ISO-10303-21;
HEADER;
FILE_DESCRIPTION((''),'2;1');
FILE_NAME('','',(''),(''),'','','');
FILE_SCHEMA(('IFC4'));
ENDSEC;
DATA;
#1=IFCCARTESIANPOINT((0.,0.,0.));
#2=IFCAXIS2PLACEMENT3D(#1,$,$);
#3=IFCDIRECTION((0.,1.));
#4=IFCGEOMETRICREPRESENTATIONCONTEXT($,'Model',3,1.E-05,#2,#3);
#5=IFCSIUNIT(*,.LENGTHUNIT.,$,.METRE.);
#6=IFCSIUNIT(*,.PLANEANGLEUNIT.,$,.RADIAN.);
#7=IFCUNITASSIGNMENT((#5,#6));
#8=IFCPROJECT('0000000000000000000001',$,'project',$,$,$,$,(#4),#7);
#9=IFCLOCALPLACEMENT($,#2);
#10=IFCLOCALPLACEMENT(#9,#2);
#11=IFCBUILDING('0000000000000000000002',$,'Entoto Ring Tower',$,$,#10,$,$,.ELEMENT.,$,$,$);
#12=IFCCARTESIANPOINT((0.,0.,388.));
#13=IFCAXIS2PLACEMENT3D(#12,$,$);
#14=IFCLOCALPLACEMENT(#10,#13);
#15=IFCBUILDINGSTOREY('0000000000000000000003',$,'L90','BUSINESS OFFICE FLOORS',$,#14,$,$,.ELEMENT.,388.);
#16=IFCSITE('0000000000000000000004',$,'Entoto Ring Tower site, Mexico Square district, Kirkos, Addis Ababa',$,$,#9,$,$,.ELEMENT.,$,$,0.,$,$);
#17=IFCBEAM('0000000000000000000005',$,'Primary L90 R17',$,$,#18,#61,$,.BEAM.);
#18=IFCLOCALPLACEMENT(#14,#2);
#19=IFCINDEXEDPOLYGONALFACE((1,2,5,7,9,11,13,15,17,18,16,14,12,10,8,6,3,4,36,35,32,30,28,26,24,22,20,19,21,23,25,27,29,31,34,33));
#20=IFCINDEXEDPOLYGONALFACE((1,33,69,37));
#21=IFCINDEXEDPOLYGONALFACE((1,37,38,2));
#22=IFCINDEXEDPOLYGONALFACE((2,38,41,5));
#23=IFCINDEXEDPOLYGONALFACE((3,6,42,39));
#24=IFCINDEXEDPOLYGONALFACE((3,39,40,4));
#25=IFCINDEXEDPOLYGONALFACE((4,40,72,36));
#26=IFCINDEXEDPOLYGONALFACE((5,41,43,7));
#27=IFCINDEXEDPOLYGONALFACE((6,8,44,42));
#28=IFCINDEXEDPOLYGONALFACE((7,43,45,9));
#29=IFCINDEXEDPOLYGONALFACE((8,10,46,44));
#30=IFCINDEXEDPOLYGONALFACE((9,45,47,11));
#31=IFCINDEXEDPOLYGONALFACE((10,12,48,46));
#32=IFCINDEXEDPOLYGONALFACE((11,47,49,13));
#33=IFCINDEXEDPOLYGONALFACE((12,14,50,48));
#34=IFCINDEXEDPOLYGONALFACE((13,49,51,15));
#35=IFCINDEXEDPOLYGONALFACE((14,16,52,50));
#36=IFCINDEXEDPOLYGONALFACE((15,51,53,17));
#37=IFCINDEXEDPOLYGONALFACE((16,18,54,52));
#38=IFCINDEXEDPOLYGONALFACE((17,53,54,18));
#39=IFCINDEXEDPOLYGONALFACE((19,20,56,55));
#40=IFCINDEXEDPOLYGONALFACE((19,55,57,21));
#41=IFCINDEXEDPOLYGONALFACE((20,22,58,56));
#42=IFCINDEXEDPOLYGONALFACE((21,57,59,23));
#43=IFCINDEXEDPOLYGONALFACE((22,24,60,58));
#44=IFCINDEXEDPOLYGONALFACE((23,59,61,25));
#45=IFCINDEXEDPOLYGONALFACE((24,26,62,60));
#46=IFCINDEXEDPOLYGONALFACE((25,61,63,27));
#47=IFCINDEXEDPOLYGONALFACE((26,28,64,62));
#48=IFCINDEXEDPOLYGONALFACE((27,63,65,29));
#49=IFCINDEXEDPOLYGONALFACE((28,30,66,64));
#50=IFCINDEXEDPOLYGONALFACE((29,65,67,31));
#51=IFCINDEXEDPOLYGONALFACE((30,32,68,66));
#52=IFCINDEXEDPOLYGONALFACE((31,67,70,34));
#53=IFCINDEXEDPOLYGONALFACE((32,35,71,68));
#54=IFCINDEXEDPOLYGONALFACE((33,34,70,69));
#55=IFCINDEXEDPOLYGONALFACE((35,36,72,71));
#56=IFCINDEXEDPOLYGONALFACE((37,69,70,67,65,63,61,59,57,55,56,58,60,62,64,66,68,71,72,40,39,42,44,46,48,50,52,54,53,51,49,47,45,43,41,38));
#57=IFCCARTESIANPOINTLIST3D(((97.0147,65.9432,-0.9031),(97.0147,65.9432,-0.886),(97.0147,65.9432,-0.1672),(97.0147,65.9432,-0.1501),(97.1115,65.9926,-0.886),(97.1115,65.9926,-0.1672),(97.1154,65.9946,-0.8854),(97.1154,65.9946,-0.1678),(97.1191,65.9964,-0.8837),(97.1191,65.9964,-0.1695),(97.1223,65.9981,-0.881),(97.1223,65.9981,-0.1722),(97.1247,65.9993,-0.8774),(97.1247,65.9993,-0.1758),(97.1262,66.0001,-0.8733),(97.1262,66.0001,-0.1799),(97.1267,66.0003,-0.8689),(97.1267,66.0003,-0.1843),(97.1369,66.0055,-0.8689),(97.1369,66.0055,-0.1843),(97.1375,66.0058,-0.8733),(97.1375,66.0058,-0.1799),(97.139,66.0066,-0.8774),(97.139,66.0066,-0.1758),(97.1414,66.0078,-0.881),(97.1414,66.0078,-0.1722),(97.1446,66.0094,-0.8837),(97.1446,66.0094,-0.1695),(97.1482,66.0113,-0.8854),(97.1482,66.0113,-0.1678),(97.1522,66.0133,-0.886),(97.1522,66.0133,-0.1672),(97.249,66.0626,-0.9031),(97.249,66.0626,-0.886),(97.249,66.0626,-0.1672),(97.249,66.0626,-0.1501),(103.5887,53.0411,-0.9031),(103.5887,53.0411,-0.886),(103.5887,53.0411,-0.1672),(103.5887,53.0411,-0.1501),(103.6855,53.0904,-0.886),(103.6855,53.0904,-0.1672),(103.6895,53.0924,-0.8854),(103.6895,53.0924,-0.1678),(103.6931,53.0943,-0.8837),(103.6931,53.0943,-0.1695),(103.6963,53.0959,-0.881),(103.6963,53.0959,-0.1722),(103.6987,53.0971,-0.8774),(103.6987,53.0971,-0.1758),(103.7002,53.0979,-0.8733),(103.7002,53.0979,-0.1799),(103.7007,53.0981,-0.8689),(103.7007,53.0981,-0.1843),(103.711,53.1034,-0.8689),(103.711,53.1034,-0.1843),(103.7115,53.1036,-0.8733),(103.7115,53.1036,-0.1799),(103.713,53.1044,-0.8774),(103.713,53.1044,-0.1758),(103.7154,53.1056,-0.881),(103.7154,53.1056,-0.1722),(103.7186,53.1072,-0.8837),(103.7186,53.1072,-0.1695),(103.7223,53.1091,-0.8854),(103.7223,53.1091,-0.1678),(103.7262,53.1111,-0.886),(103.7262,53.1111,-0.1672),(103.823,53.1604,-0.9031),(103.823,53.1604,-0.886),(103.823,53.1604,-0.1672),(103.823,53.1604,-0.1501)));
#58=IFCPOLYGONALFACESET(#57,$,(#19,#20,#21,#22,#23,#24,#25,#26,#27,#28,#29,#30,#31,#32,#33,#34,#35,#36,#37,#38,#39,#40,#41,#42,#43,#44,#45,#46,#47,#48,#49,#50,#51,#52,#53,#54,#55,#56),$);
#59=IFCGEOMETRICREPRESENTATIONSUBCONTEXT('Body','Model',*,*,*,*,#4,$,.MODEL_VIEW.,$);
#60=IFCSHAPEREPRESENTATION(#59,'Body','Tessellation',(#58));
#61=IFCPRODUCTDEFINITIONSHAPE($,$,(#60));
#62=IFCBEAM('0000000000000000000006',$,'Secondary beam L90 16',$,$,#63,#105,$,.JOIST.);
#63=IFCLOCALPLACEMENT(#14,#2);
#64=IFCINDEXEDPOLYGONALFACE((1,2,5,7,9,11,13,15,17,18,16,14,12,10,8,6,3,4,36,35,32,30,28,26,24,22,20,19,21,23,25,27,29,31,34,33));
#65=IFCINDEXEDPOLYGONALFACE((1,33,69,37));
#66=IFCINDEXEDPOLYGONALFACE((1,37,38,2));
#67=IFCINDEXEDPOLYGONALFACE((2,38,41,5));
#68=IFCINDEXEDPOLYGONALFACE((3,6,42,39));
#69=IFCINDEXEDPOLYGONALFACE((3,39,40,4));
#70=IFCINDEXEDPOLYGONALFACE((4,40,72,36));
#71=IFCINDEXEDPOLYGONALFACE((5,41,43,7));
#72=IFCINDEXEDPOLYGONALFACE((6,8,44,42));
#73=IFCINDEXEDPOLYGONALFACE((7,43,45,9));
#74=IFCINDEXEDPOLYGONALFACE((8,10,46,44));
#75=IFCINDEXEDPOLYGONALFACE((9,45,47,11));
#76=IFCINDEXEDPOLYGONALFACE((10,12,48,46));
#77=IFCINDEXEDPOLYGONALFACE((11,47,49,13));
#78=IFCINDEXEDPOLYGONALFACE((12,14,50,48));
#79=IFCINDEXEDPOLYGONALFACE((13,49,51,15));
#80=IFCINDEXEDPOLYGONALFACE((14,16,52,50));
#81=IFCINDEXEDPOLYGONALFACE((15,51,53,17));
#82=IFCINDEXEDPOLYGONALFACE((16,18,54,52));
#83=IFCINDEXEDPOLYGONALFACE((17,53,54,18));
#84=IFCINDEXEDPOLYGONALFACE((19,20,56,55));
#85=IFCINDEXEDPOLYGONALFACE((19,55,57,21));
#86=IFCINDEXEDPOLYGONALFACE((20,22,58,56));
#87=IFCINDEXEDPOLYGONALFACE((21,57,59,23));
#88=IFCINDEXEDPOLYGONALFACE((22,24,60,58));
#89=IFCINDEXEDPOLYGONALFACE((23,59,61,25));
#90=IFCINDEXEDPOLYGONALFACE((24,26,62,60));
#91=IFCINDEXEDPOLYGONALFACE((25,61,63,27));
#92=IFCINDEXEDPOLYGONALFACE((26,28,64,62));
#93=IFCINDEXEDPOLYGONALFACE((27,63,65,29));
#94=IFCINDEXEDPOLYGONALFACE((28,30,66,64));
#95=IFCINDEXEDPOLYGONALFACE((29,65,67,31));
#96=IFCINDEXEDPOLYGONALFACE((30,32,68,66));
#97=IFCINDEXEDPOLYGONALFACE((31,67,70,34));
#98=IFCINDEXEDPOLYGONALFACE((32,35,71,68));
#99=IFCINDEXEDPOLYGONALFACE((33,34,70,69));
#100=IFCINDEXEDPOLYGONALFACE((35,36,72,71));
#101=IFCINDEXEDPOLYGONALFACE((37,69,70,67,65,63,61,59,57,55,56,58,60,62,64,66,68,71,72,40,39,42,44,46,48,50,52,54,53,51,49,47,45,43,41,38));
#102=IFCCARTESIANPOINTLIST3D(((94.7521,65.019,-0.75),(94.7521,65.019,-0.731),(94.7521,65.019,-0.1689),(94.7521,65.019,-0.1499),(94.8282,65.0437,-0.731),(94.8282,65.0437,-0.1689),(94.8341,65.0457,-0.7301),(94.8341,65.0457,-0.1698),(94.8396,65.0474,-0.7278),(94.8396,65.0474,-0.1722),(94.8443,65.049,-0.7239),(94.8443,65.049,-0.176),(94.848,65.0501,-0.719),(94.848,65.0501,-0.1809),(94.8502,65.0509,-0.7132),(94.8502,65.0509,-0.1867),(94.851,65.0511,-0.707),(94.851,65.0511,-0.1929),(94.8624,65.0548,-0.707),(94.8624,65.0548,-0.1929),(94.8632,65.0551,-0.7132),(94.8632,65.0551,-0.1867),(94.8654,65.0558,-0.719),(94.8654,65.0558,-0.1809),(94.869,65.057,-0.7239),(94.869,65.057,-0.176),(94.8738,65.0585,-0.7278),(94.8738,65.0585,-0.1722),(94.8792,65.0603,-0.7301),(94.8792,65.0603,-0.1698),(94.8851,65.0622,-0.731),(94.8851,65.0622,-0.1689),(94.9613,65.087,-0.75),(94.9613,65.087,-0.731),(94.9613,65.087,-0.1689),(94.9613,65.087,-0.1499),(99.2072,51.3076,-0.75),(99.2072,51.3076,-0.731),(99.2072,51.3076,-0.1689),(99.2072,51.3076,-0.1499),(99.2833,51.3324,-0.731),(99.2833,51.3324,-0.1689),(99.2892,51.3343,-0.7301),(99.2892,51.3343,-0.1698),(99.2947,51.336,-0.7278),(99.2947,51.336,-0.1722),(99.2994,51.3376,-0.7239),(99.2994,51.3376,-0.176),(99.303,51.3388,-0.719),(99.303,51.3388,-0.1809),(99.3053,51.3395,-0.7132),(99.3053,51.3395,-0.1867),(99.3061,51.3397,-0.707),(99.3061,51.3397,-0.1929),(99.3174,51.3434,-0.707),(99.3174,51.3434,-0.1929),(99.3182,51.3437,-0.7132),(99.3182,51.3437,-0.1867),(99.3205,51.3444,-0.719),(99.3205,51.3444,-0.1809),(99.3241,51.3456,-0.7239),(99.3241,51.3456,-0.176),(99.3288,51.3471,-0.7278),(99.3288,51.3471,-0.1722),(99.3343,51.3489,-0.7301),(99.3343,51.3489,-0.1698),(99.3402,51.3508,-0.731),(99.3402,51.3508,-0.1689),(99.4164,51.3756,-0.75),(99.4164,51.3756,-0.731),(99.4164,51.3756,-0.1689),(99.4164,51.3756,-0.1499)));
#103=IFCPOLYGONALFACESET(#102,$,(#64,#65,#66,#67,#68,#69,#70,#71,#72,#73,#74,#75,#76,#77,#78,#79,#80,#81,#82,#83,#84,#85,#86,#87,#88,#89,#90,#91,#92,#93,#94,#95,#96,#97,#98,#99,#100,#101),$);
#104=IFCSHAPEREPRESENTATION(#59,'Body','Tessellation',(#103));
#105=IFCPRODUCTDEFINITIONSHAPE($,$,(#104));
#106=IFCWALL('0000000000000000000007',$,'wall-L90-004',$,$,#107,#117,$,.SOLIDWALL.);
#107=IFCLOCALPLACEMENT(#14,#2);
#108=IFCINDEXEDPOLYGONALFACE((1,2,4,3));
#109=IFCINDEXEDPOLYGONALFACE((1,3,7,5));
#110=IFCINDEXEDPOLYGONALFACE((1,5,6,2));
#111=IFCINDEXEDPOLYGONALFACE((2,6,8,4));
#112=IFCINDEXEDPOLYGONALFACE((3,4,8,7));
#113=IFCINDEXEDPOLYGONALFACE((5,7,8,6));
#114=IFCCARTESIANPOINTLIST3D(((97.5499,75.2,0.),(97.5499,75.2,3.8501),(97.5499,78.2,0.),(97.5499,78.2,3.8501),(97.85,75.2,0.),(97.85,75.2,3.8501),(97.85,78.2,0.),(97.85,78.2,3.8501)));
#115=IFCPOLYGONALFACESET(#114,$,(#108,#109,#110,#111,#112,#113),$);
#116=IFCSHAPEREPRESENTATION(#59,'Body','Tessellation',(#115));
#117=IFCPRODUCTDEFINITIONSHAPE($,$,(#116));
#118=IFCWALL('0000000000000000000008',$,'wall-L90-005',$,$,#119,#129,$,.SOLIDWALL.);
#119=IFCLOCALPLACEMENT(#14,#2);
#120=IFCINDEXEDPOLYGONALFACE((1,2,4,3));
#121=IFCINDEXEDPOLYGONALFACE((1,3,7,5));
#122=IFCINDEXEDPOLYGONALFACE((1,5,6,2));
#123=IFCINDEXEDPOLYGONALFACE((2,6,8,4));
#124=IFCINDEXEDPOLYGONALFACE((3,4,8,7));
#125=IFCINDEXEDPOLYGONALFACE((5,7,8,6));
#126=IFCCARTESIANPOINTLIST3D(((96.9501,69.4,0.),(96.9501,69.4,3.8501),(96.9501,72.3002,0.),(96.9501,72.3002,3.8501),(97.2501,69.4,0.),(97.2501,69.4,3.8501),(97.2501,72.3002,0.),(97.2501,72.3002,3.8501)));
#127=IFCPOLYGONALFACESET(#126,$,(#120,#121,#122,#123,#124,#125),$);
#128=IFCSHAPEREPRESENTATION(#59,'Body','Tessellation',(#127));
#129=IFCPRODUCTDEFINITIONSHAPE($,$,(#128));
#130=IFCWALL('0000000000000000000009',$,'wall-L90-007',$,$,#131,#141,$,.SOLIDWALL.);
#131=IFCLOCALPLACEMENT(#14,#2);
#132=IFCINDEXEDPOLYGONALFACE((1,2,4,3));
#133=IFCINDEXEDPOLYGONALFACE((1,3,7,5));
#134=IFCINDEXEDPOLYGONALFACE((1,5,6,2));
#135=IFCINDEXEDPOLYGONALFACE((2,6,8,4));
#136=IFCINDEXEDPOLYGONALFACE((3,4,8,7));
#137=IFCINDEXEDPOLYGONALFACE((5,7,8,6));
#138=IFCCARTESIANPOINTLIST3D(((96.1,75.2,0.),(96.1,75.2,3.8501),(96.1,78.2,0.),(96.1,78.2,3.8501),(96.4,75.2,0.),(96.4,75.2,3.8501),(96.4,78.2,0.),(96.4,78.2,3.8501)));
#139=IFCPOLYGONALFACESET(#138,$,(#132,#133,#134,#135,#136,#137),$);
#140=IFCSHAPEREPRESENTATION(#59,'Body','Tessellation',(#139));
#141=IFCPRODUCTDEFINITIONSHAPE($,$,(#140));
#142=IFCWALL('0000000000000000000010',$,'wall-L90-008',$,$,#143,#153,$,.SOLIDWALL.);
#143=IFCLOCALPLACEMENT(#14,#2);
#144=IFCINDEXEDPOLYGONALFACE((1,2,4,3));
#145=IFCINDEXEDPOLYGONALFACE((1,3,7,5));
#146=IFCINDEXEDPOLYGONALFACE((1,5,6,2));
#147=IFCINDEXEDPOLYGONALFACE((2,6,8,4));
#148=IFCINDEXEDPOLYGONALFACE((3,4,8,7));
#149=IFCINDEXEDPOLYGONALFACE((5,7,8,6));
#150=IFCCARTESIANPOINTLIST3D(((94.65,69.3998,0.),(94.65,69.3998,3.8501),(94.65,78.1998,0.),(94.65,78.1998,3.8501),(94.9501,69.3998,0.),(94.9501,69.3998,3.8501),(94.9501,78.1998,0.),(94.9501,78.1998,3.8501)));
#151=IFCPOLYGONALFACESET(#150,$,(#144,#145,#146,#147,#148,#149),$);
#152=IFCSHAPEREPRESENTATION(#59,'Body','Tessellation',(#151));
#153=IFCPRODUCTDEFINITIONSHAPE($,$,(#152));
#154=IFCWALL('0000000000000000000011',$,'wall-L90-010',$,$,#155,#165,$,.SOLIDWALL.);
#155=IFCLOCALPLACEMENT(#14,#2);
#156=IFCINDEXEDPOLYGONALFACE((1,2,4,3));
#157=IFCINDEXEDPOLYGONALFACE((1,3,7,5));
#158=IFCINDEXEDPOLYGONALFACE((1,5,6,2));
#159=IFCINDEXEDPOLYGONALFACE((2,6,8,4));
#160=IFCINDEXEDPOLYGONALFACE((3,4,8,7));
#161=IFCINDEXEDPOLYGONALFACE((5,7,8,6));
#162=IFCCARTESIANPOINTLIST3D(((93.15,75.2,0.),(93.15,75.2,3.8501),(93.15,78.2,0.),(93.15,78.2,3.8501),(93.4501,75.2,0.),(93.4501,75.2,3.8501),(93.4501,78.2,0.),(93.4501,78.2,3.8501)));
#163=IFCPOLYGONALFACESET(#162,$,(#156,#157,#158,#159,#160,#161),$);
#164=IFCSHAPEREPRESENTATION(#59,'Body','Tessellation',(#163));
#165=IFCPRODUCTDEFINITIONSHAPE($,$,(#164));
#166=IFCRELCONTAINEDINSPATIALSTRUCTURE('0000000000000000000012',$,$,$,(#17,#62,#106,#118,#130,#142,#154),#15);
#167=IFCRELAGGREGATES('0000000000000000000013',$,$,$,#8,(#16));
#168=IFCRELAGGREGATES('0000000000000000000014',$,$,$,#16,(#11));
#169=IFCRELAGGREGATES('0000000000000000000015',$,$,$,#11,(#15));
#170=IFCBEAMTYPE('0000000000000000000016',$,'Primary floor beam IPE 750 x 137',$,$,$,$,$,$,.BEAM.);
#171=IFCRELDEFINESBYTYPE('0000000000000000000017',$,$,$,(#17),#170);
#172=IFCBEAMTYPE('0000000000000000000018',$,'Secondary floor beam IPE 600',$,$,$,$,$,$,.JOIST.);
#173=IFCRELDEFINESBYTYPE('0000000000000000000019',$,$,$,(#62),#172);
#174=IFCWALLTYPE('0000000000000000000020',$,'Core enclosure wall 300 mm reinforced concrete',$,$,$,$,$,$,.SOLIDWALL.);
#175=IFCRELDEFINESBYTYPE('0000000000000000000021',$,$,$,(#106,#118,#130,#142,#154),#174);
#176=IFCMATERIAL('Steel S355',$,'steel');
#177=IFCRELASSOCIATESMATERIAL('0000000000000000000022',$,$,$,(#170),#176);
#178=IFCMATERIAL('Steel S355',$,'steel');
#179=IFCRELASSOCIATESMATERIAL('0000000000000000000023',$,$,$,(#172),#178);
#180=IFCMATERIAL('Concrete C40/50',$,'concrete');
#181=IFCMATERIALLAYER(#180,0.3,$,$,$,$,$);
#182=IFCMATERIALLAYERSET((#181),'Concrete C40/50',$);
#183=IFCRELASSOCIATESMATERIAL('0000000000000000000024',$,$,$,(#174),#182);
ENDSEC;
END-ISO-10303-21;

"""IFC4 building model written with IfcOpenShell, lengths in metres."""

from ifc_helpers import new_model, si_unit, direction, frame, frame_2d, origin, origin_2d, place, context, subcontext, project, spatial, rectangle, i_section, extrude, material, layer, layer_set, material_profile, profile_set, type_object, element, save


model = new_model("IFC4")

# Units and contexts
model_context = context("Model", 3, precision=1e-05, world=origin(), true_north=direction((0.0, 1.0)))
body_context = subcontext(model_context, "Body", "Model", "MODEL_VIEW")
ifc_project = project(units=[si_unit("LENGTHUNIT", "METRE"), si_unit("PLANEANGLEUNIT", "RADIAN")], contexts=[model_context])

# Site, building, storey
site_placement = place(None, origin())
site = spatial("IfcSite", under=ifc_project, at=site_placement, Name="Entoto Ring Tower site, Mexico Square district, Kirkos, Addis Ababa", CompositionType="ELEMENT", RefElevation=0.0)
building_placement = place(site_placement, origin())
building = spatial("IfcBuilding", under=site, at=building_placement, Name="Entoto Ring Tower", CompositionType="ELEMENT")
storey_placement = place(building_placement, frame((0.0, 0.0, 388.0)))
storey = spatial("IfcBuildingStorey", under=building, at=storey_placement, Name="L90", Description="BUSINESS OFFICE FLOORS", CompositionType="ELEMENT", Elevation=388.0)

# Beams
ifc_material_1 = material(Name="Steel S355", Category="steel")
ifc_material_profile_1 = material_profile(ifc_material_1, i_section(OverallWidth=0.2629, OverallDepth=0.7529, WebThickness=0.0115, FlangeThickness=0.0171, FilletRadius=0.0171, at=origin_2d()), Name="IPE 750 x 137")
ifc_profile_set_1 = profile_set([ifc_material_profile_1], Name="Steel S355")
beam_type_1 = type_object("IfcBeamType", Name="Primary floor beam IPE 750 x 137", PredefinedType="BEAM", material=ifc_profile_set_1)
beam_1_placement = place(storey_placement, frame((97.1318, 66.0029, -0.5266), z_axis=(0.453992, -0.891006, 0.0), x_axis=(0.891006, 0.453992, 0.0)))
element("IfcBeam", 1, at=beam_1_placement, inside=storey, type_object=beam_type_1, Name="Primary L90 R17", PredefinedType="BEAM", context=body_context, shape_type="SweptSolid", body=[
    extrude(i_section(OverallWidth=0.2629, OverallDepth=0.7529, WebThickness=0.0115, FlangeThickness=0.0171, FilletRadius=0.0171, at=origin_2d()), origin(), (0.0, 0.0, 1.0), 14.4805),
])
ifc_material_2 = material(Name="Steel S355", Category="steel")
ifc_material_profile_2 = material_profile(ifc_material_2, i_section(OverallWidth=0.22, OverallDepth=0.6001, WebThickness=0.012, FlangeThickness=0.019, FilletRadius=0.0239, at=origin_2d()), Name="IPE 600")
ifc_profile_set_2 = profile_set([ifc_material_profile_2], Name="Steel S355")
beam_type_2 = type_object("IfcBeamType", Name="Secondary floor beam IPE 600", PredefinedType="JOIST", material=ifc_profile_set_2)
beam_2_placement = place(storey_placement, frame((94.8567, 65.053, -0.45), z_axis=(0.309015, -0.951057, 0.0), x_axis=(0.951057, 0.309015, 0.0)))
element("IfcBeam", 2, at=beam_2_placement, inside=storey, type_object=beam_type_2, Name="Secondary beam L90 16", PredefinedType="JOIST", context=body_context, shape_type="SweptSolid", body=[
    extrude(i_section(OverallWidth=0.22, OverallDepth=0.6001, WebThickness=0.012, FlangeThickness=0.019, FilletRadius=0.0239, at=origin_2d()), origin(), (0.0, 0.0, 1.0), 14.417),
])

# Walls
ifc_material_3 = material(Name="Concrete C40/50", Category="concrete")
ifc_layer_1 = layer(ifc_material_3, 0.3)
ifc_layer_set_1 = layer_set([ifc_layer_1], Name="Concrete C40/50")
wall_type_1 = type_object("IfcWallType", Name="Core enclosure wall 300 mm reinforced concrete", PredefinedType="SOLIDWALL", material=ifc_layer_set_1)
wall_1_placement = place(storey_placement, frame((97.7, 75.2, 0.0), z_axis=(0.0, 0.0, 1.0), x_axis=(0.0, 1.0, 0.0)))
element("IfcWall", 3, at=wall_1_placement, inside=storey, type_object=wall_type_1, Name="wall-L90-004", PredefinedType="SOLIDWALL", context=body_context, shape_type="SweptSolid", body=[
    extrude(rectangle(XDim=3.0, YDim=0.3, at=frame_2d((1.5, 0.0))), origin(), (0.0, 0.0, 1.0), 3.8501),
])
wall_2_placement = place(storey_placement, frame((97.1001, 69.3999, 0.0), z_axis=(0.0, 0.0, 1.0), x_axis=(0.0, 1.0, 0.0)))
element("IfcWall", 4, at=wall_2_placement, inside=storey, type_object=wall_type_1, Name="wall-L90-005", PredefinedType="SOLIDWALL", context=body_context, shape_type="SweptSolid", body=[
    extrude(rectangle(XDim=2.9001, YDim=0.3, at=frame_2d((1.4502, 0.0))), origin(), (0.0, 0.0, 1.0), 3.8501),
])
wall_3_placement = place(storey_placement, frame((96.25, 75.2, 0.0), z_axis=(0.0, 0.0, 1.0), x_axis=(0.0, 1.0, 0.0)))
element("IfcWall", 5, at=wall_3_placement, inside=storey, type_object=wall_type_1, Name="wall-L90-007", PredefinedType="SOLIDWALL", context=body_context, shape_type="SweptSolid", body=[
    extrude(rectangle(XDim=3.0, YDim=0.3, at=frame_2d((1.5, 0.0))), origin(), (0.0, 0.0, 1.0), 3.8501),
])
wall_4_placement = place(storey_placement, frame((94.8, 69.3999, 0.0), z_axis=(0.0, 0.0, 1.0), x_axis=(0.0, 1.0, 0.0)))
element("IfcWall", 6, at=wall_4_placement, inside=storey, type_object=wall_type_1, Name="wall-L90-008", PredefinedType="SOLIDWALL", context=body_context, shape_type="SweptSolid", body=[
    extrude(rectangle(XDim=8.8, YDim=0.3, at=frame_2d((4.3999, 0.0))), origin(), (0.0, 0.0, 1.0), 3.8501),
])
wall_5_placement = place(storey_placement, frame((93.3, 75.2, 0.0), z_axis=(0.0, 0.0, 1.0), x_axis=(0.0, 1.0, 0.0)))
element("IfcWall", 7, at=wall_5_placement, inside=storey, type_object=wall_type_1, Name="wall-L90-010", PredefinedType="SOLIDWALL", context=body_context, shape_type="SweptSolid", body=[
    extrude(rectangle(XDim=3.0, YDim=0.3, at=frame_2d((1.5, 0.0))), origin(), (0.0, 0.0, 1.0), 3.8501),
])

save(model, "model.ifc")
